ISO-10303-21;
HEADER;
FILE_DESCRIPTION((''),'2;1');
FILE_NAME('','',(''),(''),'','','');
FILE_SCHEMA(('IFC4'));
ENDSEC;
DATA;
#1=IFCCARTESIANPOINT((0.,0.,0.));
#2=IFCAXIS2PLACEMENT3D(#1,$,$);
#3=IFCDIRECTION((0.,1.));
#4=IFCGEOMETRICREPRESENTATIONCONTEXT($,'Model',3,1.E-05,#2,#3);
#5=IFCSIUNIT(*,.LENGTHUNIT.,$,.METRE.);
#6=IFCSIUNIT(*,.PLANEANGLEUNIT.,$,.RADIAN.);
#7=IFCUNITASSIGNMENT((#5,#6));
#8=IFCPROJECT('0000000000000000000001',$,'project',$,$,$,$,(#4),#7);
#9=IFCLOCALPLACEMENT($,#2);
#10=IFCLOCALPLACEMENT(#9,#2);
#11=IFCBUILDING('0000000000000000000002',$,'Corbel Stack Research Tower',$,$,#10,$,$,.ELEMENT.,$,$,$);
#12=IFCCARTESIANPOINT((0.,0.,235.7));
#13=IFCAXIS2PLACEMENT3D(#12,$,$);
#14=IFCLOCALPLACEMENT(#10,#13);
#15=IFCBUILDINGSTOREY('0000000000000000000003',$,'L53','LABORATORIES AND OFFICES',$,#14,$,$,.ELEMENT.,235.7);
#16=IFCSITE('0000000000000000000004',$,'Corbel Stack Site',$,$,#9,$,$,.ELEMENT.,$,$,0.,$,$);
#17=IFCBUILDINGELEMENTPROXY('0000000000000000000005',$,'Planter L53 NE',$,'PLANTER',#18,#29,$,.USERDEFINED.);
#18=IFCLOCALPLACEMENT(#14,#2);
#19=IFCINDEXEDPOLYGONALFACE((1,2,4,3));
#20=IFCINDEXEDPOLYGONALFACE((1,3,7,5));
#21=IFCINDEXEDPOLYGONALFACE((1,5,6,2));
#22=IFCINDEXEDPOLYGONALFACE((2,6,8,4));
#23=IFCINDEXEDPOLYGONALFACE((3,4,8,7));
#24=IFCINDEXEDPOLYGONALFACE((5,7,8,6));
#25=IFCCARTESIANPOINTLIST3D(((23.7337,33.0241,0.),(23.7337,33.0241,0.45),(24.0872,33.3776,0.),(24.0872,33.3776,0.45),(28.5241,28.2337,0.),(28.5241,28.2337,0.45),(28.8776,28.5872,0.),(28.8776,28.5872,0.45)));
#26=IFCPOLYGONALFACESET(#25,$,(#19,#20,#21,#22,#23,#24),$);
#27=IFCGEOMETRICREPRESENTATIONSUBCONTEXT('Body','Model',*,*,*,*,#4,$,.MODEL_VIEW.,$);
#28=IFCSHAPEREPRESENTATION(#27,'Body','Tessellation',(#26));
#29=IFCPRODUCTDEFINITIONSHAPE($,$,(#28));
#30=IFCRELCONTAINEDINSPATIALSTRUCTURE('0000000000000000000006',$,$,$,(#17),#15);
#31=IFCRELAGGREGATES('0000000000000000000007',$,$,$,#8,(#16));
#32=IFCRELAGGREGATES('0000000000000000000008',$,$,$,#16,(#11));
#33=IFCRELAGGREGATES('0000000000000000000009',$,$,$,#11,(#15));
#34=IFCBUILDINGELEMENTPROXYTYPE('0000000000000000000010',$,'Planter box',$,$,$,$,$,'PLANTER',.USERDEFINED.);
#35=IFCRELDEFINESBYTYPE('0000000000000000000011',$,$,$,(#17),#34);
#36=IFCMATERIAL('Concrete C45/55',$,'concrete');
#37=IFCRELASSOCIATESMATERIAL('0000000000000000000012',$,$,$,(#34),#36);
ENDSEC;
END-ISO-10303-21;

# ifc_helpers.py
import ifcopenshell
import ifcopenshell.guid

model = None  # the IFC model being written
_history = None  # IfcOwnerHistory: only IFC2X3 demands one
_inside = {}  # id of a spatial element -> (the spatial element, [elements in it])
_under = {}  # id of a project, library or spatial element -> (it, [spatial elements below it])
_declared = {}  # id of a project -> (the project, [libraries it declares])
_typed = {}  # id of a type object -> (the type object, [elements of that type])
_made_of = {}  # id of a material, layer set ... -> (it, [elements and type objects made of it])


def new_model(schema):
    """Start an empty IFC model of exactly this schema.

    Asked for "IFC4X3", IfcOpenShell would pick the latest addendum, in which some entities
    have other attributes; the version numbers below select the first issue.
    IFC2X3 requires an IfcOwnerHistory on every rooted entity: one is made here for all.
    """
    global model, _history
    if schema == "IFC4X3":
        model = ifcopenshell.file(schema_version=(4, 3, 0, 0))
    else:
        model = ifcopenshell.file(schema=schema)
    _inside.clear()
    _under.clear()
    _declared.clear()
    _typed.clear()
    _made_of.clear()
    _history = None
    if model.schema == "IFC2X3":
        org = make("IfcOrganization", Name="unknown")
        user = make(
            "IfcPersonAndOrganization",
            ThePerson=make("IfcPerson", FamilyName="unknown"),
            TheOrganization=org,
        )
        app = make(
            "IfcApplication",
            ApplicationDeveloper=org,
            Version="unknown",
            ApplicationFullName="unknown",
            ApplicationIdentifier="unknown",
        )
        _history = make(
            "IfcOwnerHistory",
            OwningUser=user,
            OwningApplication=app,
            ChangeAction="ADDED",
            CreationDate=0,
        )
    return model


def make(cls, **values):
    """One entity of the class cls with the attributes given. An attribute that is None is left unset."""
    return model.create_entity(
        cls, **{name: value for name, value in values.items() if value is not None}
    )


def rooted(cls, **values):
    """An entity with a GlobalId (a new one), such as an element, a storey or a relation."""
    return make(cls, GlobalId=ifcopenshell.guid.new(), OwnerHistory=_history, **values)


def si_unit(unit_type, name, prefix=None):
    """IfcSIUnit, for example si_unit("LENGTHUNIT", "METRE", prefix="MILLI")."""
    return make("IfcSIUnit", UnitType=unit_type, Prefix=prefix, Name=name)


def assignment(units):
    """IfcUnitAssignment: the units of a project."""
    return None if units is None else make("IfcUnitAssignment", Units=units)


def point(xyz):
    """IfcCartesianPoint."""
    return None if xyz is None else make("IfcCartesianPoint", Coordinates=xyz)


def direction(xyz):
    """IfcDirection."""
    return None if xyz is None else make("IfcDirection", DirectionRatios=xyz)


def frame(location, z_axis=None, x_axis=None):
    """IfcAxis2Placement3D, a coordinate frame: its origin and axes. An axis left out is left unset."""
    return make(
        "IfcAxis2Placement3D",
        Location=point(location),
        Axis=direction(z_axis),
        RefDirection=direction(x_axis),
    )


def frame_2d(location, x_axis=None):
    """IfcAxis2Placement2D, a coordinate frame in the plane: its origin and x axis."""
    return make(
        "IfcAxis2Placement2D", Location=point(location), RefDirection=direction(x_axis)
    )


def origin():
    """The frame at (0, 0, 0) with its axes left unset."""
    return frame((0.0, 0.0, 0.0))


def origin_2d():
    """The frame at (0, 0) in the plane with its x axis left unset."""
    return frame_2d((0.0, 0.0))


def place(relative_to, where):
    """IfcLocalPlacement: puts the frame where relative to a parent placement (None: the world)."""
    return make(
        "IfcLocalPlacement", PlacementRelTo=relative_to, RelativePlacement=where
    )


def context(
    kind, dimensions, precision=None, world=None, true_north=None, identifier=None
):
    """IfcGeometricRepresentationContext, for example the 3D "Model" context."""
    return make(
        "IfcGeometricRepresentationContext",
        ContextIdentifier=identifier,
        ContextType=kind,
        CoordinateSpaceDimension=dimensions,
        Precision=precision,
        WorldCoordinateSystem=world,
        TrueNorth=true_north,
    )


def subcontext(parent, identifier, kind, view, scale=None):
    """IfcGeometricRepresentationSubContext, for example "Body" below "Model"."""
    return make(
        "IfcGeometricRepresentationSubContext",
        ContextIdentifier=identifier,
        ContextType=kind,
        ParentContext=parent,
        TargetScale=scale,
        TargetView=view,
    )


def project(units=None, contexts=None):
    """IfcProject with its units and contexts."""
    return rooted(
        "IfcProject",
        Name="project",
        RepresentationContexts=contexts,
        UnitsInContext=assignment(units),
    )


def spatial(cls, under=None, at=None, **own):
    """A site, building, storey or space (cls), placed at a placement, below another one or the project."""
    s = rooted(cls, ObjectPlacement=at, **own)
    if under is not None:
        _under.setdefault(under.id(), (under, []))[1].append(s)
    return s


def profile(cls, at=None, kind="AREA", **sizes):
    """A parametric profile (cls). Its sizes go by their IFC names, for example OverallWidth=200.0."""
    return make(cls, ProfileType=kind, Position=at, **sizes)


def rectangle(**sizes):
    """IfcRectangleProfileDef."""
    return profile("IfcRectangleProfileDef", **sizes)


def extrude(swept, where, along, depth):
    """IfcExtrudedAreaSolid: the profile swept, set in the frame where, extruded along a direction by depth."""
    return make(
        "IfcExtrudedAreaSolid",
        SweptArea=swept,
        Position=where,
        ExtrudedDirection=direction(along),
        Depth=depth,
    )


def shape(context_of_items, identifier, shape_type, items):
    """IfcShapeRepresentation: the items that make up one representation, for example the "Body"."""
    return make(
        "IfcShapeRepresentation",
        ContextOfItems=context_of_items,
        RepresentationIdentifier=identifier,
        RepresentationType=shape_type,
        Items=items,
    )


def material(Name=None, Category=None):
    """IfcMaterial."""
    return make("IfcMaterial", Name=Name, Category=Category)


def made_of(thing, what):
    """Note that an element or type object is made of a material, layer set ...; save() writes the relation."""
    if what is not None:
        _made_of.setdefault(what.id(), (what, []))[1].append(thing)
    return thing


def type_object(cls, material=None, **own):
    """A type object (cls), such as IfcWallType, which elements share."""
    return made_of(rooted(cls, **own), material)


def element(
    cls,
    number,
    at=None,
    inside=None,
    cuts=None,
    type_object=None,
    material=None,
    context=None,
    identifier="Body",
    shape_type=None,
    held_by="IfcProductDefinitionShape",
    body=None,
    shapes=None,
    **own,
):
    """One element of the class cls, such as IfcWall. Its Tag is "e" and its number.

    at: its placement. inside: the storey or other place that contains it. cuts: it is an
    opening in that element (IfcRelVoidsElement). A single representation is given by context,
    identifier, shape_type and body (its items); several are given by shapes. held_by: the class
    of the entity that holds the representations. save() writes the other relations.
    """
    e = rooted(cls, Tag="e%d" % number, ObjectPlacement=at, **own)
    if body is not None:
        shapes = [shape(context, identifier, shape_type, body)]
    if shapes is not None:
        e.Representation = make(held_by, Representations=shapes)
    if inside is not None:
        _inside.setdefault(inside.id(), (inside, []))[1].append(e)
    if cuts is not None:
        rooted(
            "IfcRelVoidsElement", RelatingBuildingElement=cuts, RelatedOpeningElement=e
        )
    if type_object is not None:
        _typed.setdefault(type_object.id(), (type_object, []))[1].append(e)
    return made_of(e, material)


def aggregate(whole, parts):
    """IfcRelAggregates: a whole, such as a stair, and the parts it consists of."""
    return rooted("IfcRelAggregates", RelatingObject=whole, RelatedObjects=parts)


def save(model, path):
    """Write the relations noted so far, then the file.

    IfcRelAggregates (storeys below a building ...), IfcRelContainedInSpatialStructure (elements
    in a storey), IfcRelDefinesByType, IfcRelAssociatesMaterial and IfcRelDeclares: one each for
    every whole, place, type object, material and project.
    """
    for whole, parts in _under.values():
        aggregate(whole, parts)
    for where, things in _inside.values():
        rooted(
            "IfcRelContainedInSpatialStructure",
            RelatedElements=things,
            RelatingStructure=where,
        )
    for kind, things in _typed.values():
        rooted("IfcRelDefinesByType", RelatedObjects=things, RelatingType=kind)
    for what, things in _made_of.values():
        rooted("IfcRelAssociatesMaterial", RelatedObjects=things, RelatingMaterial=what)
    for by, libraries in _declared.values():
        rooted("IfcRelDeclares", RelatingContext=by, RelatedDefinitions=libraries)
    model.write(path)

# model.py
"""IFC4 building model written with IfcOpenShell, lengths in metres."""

from ifc_helpers import new_model, si_unit, direction, frame, origin, origin_2d, place, context, subcontext, project, spatial, rectangle, extrude, material, type_object, element, save


model = new_model("IFC4")

# Units and contexts
model_context = context("Model", 3, precision=1e-05, world=origin(), true_north=direction((0.0, 1.0)))
body_context = subcontext(model_context, "Body", "Model", "MODEL_VIEW")
ifc_project = project(units=[si_unit("LENGTHUNIT", "METRE"), si_unit("PLANEANGLEUNIT", "RADIAN")], contexts=[model_context])

# Site, building, storey
site_placement = place(None, origin())
site = spatial("IfcSite", under=ifc_project, at=site_placement, Name="Corbel Stack Site", CompositionType="ELEMENT", RefElevation=0.0)
building_placement = place(site_placement, origin())
building = spatial("IfcBuilding", under=site, at=building_placement, Name="Corbel Stack Research Tower", CompositionType="ELEMENT")
storey_placement = place(building_placement, frame((0.0, 0.0, 235.7)))
storey = spatial("IfcBuildingStorey", under=building, at=storey_placement, Name="L53", Description="LABORATORIES AND OFFICES", CompositionType="ELEMENT", Elevation=235.7)

# Building element proxy
ifc_material_1 = material(Name="Concrete C45/55", Category="concrete")
building_element_proxy_type = type_object("IfcBuildingElementProxyType", Name="Planter box", ElementType="PLANTER", PredefinedType="USERDEFINED", material=ifc_material_1)
proxy_placement = place(storey_placement, frame((26.3057, 30.8057, 0.0), z_axis=(0.0, 0.0, 1.0), x_axis=(-0.707107, 0.707107, 0.0)))
element("IfcBuildingElementProxy", 1, at=proxy_placement, inside=storey, type_object=building_element_proxy_type, Name="Planter L53 NE", ObjectType="PLANTER", PredefinedType="USERDEFINED", context=body_context, shape_type="SweptSolid", body=[
    extrude(rectangle(XDim=6.7747, YDim=0.5, at=origin_2d()), origin(), (0.0, 0.0, 1.0), 0.45),
])

save(model, "model.ifc")
